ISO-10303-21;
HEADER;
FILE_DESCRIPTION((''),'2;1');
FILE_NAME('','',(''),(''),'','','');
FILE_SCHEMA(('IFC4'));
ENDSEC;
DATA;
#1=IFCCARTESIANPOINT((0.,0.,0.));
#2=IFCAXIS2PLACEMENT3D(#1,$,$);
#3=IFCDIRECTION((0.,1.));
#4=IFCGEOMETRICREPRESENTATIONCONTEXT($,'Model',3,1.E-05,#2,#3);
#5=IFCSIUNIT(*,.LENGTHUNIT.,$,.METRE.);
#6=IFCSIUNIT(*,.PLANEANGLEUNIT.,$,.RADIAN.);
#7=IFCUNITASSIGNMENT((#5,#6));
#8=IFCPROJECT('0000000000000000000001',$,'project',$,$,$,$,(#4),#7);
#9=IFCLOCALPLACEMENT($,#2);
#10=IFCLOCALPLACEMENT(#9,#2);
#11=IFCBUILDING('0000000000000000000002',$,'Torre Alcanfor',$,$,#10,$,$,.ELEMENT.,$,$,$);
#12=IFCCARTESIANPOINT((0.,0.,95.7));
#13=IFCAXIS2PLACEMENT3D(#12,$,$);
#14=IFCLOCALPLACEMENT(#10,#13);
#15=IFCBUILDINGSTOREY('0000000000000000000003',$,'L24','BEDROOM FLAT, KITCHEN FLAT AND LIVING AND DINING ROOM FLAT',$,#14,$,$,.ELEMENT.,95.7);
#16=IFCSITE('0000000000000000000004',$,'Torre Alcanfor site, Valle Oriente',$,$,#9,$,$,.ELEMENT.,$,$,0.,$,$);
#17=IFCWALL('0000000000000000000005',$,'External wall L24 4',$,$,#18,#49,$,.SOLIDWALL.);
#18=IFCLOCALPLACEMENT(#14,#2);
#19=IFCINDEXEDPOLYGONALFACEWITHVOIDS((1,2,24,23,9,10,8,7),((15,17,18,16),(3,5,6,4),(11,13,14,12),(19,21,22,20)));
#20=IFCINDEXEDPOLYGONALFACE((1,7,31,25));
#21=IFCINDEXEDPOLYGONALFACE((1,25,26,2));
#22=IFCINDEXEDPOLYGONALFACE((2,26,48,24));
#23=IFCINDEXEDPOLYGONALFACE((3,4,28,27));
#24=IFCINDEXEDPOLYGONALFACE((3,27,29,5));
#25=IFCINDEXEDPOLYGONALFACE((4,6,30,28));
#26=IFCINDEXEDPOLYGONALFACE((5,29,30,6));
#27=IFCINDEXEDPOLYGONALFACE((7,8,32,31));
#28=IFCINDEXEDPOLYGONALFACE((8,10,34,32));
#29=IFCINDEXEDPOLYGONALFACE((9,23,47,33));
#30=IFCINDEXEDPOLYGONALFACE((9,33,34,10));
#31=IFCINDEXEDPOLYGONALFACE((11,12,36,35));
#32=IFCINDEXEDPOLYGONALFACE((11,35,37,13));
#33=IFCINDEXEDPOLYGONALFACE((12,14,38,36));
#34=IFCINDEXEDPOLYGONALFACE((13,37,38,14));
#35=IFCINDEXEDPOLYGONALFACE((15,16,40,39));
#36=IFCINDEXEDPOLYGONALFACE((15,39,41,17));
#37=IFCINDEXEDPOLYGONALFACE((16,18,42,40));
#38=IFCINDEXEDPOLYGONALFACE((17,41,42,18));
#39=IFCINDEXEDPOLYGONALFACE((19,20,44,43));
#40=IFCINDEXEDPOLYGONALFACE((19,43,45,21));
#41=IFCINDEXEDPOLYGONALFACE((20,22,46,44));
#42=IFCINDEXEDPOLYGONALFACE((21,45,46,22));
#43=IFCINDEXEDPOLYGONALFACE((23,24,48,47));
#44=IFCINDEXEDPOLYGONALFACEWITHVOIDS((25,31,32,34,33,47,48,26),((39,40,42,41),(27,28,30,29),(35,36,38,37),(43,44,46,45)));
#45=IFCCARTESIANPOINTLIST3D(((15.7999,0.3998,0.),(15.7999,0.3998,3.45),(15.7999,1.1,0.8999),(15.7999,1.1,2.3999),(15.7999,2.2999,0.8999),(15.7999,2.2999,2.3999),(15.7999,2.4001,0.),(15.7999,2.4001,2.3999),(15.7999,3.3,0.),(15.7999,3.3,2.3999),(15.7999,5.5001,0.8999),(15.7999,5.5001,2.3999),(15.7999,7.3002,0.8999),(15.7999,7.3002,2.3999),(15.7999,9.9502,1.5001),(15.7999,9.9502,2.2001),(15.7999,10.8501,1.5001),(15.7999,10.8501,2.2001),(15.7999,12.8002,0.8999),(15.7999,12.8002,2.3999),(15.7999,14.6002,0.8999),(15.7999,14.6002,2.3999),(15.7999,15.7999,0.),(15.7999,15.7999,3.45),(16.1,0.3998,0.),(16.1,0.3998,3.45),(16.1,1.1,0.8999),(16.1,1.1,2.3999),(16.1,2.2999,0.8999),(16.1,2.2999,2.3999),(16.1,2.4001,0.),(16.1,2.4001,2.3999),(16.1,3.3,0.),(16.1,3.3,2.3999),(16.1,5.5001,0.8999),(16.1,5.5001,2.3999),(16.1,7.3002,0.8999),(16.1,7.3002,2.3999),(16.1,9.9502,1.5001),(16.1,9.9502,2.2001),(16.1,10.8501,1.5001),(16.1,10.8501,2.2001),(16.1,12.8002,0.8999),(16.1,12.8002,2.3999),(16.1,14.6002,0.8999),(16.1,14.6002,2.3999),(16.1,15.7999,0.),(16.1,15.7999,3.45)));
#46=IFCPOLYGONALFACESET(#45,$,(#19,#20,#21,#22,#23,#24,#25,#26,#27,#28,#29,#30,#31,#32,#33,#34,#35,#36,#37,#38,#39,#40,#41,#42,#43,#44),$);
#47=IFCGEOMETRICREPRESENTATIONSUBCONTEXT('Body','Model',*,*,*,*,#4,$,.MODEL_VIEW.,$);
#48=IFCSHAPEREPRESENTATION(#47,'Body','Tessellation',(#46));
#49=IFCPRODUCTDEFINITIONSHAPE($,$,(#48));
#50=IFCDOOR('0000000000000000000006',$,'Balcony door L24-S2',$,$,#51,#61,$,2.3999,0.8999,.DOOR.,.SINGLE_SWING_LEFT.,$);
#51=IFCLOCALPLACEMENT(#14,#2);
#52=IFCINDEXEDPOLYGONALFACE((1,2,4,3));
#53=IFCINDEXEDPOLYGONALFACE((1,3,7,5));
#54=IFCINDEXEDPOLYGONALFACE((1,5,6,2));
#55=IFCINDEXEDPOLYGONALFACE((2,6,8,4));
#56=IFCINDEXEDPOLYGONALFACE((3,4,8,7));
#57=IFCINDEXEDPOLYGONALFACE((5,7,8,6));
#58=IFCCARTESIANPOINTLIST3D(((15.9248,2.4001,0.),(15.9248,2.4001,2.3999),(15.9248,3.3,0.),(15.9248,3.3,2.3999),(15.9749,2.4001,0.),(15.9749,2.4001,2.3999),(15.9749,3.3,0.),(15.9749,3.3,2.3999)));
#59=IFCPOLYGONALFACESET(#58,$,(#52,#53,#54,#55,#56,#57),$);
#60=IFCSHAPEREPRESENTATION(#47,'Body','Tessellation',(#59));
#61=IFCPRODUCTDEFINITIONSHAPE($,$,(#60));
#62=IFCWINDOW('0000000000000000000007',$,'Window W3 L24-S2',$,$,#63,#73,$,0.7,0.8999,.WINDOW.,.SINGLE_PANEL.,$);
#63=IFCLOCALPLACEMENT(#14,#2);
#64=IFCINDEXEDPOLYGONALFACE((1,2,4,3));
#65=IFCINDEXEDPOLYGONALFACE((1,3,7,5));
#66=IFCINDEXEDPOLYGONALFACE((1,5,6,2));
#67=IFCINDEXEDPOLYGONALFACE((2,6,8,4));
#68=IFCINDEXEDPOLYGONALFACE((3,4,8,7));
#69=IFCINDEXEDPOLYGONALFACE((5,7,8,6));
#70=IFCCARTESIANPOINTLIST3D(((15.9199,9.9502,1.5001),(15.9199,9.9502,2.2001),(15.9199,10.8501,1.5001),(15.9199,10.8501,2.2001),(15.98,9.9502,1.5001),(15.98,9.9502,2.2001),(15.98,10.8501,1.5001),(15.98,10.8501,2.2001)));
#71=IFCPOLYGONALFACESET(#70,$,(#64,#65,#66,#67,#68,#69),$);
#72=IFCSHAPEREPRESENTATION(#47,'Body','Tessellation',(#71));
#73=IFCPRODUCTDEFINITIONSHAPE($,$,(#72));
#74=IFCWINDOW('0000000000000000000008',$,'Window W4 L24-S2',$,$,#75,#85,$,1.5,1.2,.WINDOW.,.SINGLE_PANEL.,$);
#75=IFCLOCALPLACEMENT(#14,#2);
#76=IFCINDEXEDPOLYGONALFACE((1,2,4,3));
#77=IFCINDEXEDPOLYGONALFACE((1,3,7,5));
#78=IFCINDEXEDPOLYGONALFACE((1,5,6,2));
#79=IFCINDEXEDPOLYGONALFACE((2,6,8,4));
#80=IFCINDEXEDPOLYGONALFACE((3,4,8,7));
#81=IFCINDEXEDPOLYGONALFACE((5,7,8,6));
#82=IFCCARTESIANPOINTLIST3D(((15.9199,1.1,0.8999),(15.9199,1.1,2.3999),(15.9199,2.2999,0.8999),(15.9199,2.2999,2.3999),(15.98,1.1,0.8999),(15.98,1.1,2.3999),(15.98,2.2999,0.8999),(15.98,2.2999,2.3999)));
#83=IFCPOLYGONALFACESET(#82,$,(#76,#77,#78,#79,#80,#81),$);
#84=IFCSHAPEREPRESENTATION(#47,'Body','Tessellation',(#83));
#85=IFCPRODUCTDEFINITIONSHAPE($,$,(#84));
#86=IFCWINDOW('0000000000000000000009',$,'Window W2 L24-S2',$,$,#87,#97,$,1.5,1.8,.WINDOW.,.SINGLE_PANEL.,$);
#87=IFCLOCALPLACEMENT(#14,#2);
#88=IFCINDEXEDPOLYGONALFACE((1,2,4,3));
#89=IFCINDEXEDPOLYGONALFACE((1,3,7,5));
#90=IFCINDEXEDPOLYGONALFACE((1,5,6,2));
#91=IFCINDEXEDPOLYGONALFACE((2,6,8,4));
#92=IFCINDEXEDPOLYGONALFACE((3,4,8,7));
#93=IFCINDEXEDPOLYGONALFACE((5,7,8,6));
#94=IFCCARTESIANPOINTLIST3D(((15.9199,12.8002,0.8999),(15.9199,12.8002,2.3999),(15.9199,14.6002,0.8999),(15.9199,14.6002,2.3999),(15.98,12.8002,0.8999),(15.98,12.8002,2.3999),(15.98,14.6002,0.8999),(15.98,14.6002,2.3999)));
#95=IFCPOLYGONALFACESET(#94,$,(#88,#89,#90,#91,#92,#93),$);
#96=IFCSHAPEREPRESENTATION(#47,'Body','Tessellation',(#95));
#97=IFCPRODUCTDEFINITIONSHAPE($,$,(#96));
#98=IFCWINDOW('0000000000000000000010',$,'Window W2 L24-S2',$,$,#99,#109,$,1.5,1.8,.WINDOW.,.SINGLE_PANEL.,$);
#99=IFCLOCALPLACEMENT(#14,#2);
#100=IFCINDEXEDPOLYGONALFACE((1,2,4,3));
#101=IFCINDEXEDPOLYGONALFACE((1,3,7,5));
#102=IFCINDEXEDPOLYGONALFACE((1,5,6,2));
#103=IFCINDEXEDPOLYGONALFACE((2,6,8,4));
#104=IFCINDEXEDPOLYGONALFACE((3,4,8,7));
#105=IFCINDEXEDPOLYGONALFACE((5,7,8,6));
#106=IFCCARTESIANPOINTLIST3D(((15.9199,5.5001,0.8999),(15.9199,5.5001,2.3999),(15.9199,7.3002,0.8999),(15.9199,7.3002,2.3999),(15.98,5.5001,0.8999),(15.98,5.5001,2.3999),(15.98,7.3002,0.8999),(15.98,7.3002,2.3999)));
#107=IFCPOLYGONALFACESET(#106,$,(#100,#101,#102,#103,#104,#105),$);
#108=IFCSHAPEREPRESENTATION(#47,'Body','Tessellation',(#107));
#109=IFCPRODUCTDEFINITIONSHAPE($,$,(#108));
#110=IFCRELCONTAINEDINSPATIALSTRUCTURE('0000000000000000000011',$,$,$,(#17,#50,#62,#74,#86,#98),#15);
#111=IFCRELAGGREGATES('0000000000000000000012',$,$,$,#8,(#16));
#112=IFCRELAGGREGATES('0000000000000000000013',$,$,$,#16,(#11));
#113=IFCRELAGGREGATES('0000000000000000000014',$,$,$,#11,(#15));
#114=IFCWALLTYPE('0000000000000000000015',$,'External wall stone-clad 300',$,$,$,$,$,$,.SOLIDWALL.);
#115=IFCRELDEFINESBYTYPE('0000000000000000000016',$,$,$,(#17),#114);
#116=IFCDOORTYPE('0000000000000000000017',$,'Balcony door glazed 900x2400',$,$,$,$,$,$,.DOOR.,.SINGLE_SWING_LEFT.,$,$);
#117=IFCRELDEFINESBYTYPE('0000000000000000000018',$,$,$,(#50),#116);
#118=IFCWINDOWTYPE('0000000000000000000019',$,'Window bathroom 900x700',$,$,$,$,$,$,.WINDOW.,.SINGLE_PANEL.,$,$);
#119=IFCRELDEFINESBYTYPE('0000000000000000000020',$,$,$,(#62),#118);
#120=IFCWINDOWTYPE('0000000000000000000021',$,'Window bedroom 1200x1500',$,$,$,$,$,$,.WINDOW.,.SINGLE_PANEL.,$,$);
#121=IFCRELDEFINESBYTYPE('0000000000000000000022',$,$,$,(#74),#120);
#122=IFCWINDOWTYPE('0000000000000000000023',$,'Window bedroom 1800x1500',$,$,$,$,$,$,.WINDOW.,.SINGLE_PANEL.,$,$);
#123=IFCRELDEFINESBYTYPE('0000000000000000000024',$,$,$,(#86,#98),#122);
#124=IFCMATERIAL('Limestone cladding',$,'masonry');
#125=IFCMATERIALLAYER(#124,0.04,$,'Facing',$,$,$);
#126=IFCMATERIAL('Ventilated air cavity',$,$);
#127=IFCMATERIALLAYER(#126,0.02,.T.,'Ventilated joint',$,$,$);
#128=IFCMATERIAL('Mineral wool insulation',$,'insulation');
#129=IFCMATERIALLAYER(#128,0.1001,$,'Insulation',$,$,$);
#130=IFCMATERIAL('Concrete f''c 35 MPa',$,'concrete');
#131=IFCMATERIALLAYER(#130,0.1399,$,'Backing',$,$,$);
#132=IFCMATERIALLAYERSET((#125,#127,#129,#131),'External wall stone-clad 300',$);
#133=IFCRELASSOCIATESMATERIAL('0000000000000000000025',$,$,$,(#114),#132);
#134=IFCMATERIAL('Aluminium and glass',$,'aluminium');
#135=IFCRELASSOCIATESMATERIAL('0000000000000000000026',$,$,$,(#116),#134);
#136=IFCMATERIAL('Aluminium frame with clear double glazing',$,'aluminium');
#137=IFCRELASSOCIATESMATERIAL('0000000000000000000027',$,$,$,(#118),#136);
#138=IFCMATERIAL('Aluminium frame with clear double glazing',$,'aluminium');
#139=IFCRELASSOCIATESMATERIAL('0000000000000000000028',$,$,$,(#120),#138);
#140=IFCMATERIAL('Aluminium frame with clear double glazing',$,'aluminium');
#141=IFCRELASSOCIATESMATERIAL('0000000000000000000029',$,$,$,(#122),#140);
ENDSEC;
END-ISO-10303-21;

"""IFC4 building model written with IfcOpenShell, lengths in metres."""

from ifc_helpers import new_model, si_unit, direction, frame, frame_2d, origin, place, context, subcontext, project, spatial, rectangle, extrude, material, layer, layer_set, type_object, element, fill, save


model = new_model("IFC4")

# Units and contexts
model_context = context("Model", 3, precision=1e-05, world=origin(), true_north=direction((0.0, 1.0)))
body_context = subcontext(model_context, "Body", "Model", "MODEL_VIEW")
ifc_project = project(units=[si_unit("LENGTHUNIT", "METRE"), si_unit("PLANEANGLEUNIT", "RADIAN")], contexts=[model_context])

# Site, building, storey
site_placement = place(None, origin())
site = spatial("IfcSite", under=ifc_project, at=site_placement, Name="Torre Alcanfor site, Valle Oriente", CompositionType="ELEMENT", RefElevation=0.0)
building_placement = place(site_placement, origin())
building = spatial("IfcBuilding", under=site, at=building_placement, Name="Torre Alcanfor", CompositionType="ELEMENT")
storey_placement = place(building_placement, frame((0.0, 0.0, 95.7)))
storey = spatial("IfcBuildingStorey", under=building, at=storey_placement, Name="L24", Description="BEDROOM FLAT, KITCHEN FLAT AND LIVING AND DINING ROOM FLAT", CompositionType="ELEMENT", Elevation=95.7)

# Wall, openings, door, windows
ifc_material_1 = material(Name="Limestone cladding", Category="masonry")
ifc_layer_1 = layer(ifc_material_1, 0.04, Name="Facing")
ifc_material_2 = material(Name="Ventilated air cavity")
ifc_layer_2 = layer(ifc_material_2, 0.02, ventilated=True, Name="Ventilated joint")
ifc_material_3 = material(Name="Mineral wool insulation", Category="insulation")
ifc_layer_3 = layer(ifc_material_3, 0.1001, Name="Insulation")
ifc_material_4 = material(Name="Concrete f'c 35 MPa", Category="concrete")
ifc_layer_4 = layer(ifc_material_4, 0.1399, Name="Backing")
ifc_layer_set_1 = layer_set([ifc_layer_1, ifc_layer_2, ifc_layer_3, ifc_layer_4], Name="External wall stone-clad 300")
wall_type_1 = type_object("IfcWallType", Name="External wall stone-clad 300", PredefinedType="SOLIDWALL", material=ifc_layer_set_1)
ifc_material_5 = material(Name="Aluminium and glass", Category="aluminium")
door_type = type_object("IfcDoorType", Name="Balcony door glazed 900x2400", OperationType="SINGLE_SWING_LEFT", PredefinedType="DOOR", material=ifc_material_5)
ifc_material_6 = material(Name="Aluminium frame with clear double glazing", Category="aluminium")
window_type_1 = type_object("IfcWindowType", Name="Window bathroom 900x700", PartitioningType="SINGLE_PANEL", PredefinedType="WINDOW", material=ifc_material_6)
ifc_material_7 = material(Name="Aluminium frame with clear double glazing", Category="aluminium")
window_type_2 = type_object("IfcWindowType", Name="Window bedroom 1200x1500", PartitioningType="SINGLE_PANEL", PredefinedType="WINDOW", material=ifc_material_7)
ifc_material_8 = material(Name="Aluminium frame with clear double glazing", Category="aluminium")
window_type_3 = type_object("IfcWindowType", Name="Window bedroom 1800x1500", PartitioningType="SINGLE_PANEL", PredefinedType="WINDOW", material=ifc_material_8)
wall_1_placement = place(storey_placement, frame((15.95, 15.8, 0.0), z_axis=(0.0, 0.0, 1.0), x_axis=(0.0, -1.0, 0.0)))
wall_1 = element("IfcWall", 1, at=wall_1_placement, inside=storey, type_object=wall_type_1, Name="External wall L24 4", PredefinedType="SOLIDWALL", context=body_context, shape_type="SweptSolid", body=[
    extrude(rectangle(XDim=15.4001, YDim=0.3, at=frame_2d((7.7002, 0.0))), origin(), (0.0, 0.0, 1.0), 3.45),
])
opening_1_placement = place(wall_1_placement, frame((1.2, 0.0, 0.8999)))
opening_1 = element("IfcOpeningElement", 2, at=opening_1_placement, cuts=wall_1, PredefinedType="OPENING", context=body_context, shape_type="SweptSolid", body=[
    extrude(rectangle(XDim=1.8, YDim=1.5, at=frame_2d((0.8999, 0.75))), frame((0.0, 0.1599, 0.0), z_axis=(0.0, -1.0, 0.0), x_axis=(1.0, 0.0, 0.0)), (0.0, 0.0, 1.0), 0.3201),
])
opening_2_placement = place(wall_1_placement, frame((4.95, 0.0, 1.5)))
opening_2 = element("IfcOpeningElement", 3, at=opening_2_placement, cuts=wall_1, PredefinedType="OPENING", context=body_context, shape_type="SweptSolid", body=[
    extrude(rectangle(XDim=0.8999, YDim=0.7, at=frame_2d((0.45, 0.3501))), frame((0.0, 0.1599, 0.0), z_axis=(0.0, -1.0, 0.0), x_axis=(1.0, 0.0, 0.0)), (0.0, 0.0, 1.0), 0.3201),
])
opening_3_placement = place(wall_1_placement, frame((8.5, 0.0, 0.8999)))
opening_3 = element("IfcOpeningElement", 4, at=opening_3_placement, cuts=wall_1, PredefinedType="OPENING", context=body_context, shape_type="SweptSolid", body=[
    extrude(rectangle(XDim=1.8, YDim=1.5, at=frame_2d((0.8999, 0.75))), frame((0.0, 0.1599, 0.0), z_axis=(0.0, -1.0, 0.0), x_axis=(1.0, 0.0, 0.0)), (0.0, 0.0, 1.0), 0.3201),
])
opening_4_placement = place(wall_1_placement, frame((12.5, 0.0, 0.0)))
opening_4 = element("IfcOpeningElement", 5, at=opening_4_placement, cuts=wall_1, PredefinedType="OPENING", context=body_context, shape_type="SweptSolid", body=[
    extrude(rectangle(XDim=0.8999, YDim=2.3999, at=frame_2d((0.45, 1.2))), frame((0.0, 0.1599, 0.0), z_axis=(0.0, -1.0, 0.0), x_axis=(1.0, 0.0, 0.0)), (0.0, 0.0, 1.0), 0.3201),
])
opening_5_placement = place(wall_1_placement, frame((13.5, 0.0, 0.8999)))
opening_5 = element("IfcOpeningElement", 6, at=opening_5_placement, cuts=wall_1, PredefinedType="OPENING", context=body_context, shape_type="SweptSolid", body=[
    extrude(rectangle(XDim=1.2, YDim=1.5, at=frame_2d((0.6001, 0.75))), frame((0.0, 0.1599, 0.0), z_axis=(0.0, -1.0, 0.0), x_axis=(1.0, 0.0, 0.0)), (0.0, 0.0, 1.0), 0.3201),
])
door_1_placement = place(opening_4_placement, origin())
door_1 = element("IfcDoor", 7, at=door_1_placement, inside=storey, type_object=door_type, Name="Balcony door L24-S2", OperationType="SINGLE_SWING_LEFT", OverallHeight=2.3999, OverallWidth=0.8999, PredefinedType="DOOR", context=body_context, shape_type="SweptSolid", body=[
    extrude(rectangle(XDim=0.8999, YDim=2.3999, at=frame_2d((0.45, 1.2))), frame((0.0, 0.0249, 0.0), z_axis=(0.0, -1.0, 0.0), x_axis=(1.0, 0.0, 0.0)), (0.0, 0.0, 1.0), 0.05),
])
fill(opening_4, door_1)
window_1_placement = place(opening_2_placement, origin())
window_1 = element("IfcWindow", 8, at=window_1_placement, inside=storey, type_object=window_type_1, Name="Window W3 L24-S2", OverallHeight=0.7, OverallWidth=0.8999, PartitioningType="SINGLE_PANEL", PredefinedType="WINDOW", context=body_context, shape_type="SweptSolid", body=[
    extrude(rectangle(XDim=0.8999, YDim=0.7, at=frame_2d((0.45, 0.3501))), frame((0.0, 0.03, 0.0), z_axis=(0.0, -1.0, 0.0), x_axis=(1.0, 0.0, 0.0)), (0.0, 0.0, 1.0), 0.0601),
])
fill(opening_2, window_1)
window_2_placement = place(opening_5_placement, origin())
window_2 = element("IfcWindow", 9, at=window_2_placement, inside=storey, type_object=window_type_2, Name="Window W4 L24-S2", OverallHeight=1.5, OverallWidth=1.2, PartitioningType="SINGLE_PANEL", PredefinedType="WINDOW", context=body_context, shape_type="SweptSolid", body=[
    extrude(rectangle(XDim=1.2, YDim=1.5, at=frame_2d((0.6001, 0.75))), frame((0.0, 0.03, 0.0), z_axis=(0.0, -1.0, 0.0), x_axis=(1.0, 0.0, 0.0)), (0.0, 0.0, 1.0), 0.0601),
])
fill(opening_5, window_2)
window_3_placement = place(opening_1_placement, origin())
window_3 = element("IfcWindow", 10, at=window_3_placement, inside=storey, type_object=window_type_3, Name="Window W2 L24-S2", OverallHeight=1.5, OverallWidth=1.8, PartitioningType="SINGLE_PANEL", PredefinedType="WINDOW", context=body_context, shape_type="SweptSolid", body=[
    extrude(rectangle(XDim=1.8, YDim=1.5, at=frame_2d((0.8999, 0.75))), frame((0.0, 0.03, 0.0), z_axis=(0.0, -1.0, 0.0), x_axis=(1.0, 0.0, 0.0)), (0.0, 0.0, 1.0), 0.0601),
])
fill(opening_1, window_3)
window_4_placement = place(opening_3_placement, origin())
window_4 = element("IfcWindow", 11, at=window_4_placement, inside=storey, type_object=window_type_3, Name="Window W2 L24-S2", OverallHeight=1.5, OverallWidth=1.8, PartitioningType="SINGLE_PANEL", PredefinedType="WINDOW", context=body_context, shape_type="SweptSolid", body=[
    extrude(rectangle(XDim=1.8, YDim=1.5, at=frame_2d((0.8999, 0.75))), frame((0.0, 0.03, 0.0), z_axis=(0.0, -1.0, 0.0), x_axis=(1.0, 0.0, 0.0)), (0.0, 0.0, 1.0), 0.0601),
])
fill(opening_3, window_4)

save(model, "model.ifc")
